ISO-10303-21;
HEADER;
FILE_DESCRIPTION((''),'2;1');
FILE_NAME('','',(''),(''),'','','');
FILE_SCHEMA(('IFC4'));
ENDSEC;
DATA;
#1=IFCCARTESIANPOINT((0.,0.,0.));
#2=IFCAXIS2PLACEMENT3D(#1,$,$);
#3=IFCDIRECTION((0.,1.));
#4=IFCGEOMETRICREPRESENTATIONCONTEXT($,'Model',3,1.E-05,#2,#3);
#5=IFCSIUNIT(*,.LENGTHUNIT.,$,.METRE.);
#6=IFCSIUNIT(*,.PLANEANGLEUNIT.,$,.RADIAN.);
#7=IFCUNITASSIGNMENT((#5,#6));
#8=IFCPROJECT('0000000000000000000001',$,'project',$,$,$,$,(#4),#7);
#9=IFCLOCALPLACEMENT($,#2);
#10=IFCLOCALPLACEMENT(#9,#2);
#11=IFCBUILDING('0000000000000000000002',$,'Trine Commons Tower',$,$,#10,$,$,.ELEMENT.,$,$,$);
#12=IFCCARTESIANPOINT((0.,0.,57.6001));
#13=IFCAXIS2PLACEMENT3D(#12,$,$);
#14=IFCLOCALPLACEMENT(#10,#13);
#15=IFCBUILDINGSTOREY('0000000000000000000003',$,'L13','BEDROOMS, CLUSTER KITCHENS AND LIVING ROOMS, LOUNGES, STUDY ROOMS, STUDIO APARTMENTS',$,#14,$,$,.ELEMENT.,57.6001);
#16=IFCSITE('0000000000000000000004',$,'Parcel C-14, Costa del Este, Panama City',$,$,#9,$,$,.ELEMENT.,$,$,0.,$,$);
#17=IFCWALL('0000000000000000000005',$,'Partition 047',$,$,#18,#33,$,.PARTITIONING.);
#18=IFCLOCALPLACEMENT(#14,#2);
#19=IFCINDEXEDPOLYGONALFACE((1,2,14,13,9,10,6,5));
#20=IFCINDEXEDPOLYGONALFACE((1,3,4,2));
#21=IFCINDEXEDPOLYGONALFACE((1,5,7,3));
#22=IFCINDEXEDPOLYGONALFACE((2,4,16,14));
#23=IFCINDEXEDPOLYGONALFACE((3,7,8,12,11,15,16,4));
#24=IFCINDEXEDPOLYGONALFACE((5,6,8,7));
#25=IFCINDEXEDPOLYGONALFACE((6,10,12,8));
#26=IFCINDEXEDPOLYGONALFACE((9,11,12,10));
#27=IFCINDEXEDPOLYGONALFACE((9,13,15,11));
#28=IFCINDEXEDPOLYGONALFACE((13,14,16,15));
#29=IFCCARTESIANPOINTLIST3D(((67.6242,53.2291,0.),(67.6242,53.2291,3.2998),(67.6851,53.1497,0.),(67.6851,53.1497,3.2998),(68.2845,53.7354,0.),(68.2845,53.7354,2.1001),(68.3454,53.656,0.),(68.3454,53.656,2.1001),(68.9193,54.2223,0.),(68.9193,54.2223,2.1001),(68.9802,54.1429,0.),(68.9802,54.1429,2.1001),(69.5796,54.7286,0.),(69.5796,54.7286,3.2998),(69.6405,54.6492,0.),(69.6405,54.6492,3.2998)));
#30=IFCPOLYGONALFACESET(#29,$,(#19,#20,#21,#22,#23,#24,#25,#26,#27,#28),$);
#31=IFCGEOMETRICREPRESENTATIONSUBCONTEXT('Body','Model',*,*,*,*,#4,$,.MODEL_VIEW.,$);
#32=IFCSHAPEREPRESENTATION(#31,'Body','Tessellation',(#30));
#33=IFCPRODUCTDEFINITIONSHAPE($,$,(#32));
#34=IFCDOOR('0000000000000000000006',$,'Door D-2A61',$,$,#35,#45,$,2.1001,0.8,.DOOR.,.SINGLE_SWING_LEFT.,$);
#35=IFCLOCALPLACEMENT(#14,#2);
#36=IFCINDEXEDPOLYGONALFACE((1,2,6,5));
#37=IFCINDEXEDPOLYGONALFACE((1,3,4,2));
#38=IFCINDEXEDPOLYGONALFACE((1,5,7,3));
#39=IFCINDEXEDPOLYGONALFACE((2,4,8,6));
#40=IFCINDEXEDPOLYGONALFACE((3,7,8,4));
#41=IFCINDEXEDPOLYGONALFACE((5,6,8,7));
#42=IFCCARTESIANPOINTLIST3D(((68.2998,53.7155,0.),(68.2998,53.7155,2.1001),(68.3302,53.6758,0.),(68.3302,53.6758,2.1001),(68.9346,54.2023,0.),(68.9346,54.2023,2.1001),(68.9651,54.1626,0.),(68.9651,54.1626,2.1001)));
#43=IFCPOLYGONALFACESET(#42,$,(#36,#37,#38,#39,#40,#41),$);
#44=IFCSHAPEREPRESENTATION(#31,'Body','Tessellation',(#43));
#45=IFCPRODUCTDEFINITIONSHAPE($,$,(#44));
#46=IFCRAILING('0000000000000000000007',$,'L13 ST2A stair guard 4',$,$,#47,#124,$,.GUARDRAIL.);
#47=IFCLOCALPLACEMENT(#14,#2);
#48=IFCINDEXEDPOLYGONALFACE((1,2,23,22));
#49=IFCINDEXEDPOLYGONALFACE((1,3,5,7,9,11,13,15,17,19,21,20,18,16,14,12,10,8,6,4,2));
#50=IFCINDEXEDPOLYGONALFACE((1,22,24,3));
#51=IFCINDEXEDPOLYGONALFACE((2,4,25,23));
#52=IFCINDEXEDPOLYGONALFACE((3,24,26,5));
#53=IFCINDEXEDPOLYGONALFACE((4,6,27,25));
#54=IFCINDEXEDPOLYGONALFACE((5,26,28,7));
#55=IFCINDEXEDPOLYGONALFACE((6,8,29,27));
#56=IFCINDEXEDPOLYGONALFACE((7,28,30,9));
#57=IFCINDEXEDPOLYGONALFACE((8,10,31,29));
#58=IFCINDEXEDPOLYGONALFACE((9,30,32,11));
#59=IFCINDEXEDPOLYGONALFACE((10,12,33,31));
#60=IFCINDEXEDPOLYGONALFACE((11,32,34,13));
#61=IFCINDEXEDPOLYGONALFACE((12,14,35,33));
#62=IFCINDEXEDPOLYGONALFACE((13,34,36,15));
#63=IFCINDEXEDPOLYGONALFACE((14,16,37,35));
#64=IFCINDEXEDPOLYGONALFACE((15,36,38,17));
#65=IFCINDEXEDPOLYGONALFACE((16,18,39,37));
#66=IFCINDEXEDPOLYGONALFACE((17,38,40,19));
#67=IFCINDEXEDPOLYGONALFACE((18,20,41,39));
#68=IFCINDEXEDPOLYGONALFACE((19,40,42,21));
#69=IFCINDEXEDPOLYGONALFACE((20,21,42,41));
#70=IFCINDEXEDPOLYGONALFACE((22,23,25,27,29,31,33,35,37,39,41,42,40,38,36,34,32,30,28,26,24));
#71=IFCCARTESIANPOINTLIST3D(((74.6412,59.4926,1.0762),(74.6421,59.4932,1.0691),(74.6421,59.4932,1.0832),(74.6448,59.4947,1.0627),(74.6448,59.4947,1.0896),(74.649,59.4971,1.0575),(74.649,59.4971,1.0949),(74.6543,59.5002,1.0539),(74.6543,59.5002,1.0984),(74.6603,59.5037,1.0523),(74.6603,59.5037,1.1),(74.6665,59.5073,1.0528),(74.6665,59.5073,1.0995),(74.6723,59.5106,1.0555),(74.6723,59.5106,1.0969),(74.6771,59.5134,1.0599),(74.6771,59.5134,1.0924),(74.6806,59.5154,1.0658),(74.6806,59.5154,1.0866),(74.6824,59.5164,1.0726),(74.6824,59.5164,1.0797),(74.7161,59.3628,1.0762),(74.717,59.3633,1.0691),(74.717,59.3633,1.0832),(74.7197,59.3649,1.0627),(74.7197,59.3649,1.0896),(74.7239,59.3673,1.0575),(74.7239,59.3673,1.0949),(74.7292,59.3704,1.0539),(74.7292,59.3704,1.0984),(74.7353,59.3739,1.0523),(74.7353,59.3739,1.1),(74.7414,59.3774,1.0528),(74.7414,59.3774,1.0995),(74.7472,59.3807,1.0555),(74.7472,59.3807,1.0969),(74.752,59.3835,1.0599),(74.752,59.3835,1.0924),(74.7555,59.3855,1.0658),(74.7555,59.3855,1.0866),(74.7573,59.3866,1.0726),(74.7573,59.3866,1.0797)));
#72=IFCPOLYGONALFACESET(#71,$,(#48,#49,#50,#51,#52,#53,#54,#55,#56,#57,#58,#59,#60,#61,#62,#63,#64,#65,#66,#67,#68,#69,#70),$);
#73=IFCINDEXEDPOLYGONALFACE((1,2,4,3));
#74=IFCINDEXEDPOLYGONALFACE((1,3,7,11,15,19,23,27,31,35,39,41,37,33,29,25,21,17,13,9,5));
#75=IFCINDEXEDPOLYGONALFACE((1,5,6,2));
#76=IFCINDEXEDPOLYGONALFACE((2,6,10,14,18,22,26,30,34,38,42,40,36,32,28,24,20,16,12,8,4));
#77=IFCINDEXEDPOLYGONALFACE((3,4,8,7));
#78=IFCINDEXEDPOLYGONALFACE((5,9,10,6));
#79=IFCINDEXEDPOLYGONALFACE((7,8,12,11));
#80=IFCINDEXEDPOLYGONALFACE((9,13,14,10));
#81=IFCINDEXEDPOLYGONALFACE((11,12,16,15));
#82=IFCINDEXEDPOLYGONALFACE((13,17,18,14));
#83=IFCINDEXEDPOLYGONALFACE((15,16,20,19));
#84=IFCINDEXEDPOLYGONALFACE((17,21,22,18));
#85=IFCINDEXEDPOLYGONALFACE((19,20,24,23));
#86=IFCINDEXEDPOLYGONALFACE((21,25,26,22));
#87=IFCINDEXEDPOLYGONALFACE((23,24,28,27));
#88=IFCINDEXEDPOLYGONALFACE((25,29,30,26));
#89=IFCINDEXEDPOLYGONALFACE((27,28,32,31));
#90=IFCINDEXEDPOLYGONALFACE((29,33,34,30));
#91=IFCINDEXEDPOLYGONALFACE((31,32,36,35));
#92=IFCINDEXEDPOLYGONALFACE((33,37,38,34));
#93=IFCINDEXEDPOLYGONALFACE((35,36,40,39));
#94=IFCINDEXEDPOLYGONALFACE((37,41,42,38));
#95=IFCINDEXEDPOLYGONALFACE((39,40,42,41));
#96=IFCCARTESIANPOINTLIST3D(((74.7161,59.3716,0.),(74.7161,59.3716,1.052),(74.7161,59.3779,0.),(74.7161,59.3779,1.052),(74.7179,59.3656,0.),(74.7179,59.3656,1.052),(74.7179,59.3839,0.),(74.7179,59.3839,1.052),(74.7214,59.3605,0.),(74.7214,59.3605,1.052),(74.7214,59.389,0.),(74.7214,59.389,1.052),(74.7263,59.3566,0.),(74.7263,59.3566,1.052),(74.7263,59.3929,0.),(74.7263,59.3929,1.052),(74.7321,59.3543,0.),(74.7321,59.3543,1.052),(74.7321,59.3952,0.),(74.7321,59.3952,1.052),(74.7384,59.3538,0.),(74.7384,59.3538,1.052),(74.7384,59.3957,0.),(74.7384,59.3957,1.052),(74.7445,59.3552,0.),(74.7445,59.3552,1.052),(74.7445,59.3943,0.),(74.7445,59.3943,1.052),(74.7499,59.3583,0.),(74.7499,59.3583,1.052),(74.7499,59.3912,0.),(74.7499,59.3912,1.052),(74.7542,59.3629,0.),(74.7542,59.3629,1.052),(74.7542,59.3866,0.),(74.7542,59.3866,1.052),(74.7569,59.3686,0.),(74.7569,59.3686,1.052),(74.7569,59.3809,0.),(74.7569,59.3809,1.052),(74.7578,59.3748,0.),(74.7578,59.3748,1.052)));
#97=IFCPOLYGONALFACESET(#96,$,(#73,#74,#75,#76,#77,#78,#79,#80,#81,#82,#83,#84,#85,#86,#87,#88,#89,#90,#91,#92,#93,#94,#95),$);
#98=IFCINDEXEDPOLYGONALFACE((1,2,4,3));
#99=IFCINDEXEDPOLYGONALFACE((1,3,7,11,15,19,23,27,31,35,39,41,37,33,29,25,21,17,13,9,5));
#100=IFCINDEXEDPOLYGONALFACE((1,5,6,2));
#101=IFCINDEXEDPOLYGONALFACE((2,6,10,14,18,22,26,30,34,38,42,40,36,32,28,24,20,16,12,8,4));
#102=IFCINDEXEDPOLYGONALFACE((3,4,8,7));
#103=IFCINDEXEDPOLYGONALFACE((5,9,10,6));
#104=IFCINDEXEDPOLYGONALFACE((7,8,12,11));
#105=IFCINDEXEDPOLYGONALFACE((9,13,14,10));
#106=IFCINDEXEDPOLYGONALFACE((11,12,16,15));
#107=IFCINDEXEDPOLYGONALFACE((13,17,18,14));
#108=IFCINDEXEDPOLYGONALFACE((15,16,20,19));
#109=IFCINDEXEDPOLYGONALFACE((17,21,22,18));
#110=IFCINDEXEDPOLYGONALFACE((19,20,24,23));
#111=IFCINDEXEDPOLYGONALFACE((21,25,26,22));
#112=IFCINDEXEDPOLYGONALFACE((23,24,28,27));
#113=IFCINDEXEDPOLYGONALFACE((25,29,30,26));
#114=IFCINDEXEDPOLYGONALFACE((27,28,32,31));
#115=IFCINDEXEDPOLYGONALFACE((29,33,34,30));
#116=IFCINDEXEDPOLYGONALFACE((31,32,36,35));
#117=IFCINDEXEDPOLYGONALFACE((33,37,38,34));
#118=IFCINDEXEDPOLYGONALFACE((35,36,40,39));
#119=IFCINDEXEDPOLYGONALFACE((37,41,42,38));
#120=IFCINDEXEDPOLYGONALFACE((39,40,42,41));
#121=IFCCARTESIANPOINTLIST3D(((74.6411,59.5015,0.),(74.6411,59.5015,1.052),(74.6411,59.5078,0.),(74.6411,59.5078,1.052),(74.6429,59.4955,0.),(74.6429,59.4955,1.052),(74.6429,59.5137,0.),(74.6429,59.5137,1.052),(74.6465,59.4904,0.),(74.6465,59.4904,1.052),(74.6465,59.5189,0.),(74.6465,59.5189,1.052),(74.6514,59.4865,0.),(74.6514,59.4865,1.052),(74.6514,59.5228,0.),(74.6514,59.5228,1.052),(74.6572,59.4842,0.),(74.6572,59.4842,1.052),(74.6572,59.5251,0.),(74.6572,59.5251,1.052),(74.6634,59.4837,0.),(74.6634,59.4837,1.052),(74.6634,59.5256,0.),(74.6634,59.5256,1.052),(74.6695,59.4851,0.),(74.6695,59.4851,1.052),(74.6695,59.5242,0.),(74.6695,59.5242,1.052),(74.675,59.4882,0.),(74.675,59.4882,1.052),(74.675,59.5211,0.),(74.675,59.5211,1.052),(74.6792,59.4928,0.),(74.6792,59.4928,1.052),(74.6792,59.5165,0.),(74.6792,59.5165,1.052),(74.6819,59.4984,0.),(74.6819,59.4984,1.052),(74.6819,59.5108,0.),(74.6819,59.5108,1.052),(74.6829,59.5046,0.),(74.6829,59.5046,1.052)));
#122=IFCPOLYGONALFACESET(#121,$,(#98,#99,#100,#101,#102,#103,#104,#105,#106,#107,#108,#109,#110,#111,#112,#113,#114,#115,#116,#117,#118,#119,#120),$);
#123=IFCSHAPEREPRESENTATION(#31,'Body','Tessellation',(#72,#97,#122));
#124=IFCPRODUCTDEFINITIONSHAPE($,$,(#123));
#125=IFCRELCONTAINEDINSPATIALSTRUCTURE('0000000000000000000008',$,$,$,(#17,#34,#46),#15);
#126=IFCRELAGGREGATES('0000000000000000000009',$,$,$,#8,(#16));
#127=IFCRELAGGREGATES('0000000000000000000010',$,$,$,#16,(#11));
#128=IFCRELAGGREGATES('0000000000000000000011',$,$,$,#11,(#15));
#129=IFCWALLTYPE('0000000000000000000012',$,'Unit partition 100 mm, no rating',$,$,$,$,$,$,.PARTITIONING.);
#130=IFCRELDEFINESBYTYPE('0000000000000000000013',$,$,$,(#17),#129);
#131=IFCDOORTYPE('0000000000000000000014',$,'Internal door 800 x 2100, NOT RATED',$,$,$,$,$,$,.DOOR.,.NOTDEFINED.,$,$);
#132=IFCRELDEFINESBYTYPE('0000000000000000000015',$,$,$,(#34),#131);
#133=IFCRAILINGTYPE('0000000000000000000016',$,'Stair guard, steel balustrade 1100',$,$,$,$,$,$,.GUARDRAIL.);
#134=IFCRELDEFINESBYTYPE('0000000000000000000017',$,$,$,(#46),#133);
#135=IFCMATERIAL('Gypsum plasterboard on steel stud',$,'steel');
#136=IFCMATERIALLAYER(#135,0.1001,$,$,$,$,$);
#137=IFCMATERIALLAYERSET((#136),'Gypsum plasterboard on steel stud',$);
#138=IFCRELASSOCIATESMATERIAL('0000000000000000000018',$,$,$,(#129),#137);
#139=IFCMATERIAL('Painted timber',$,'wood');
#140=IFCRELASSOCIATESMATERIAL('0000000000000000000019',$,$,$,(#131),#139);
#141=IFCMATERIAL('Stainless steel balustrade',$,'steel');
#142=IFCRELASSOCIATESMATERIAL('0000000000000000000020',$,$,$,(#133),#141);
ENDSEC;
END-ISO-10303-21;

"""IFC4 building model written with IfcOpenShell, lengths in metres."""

from ifc_helpers import new_model, si_unit, direction, frame, frame_2d, origin, origin_2d, place, context, subcontext, project, spatial, rectangle, circle, extrude, material, layer, layer_set, type_object, element, fill, save


model = new_model("IFC4")

# Units and contexts
model_context = context("Model", 3, precision=1e-05, world=origin(), true_north=direction((0.0, 1.0)))
body_context = subcontext(model_context, "Body", "Model", "MODEL_VIEW")
ifc_project = project(units=[si_unit("LENGTHUNIT", "METRE"), si_unit("PLANEANGLEUNIT", "RADIAN")], contexts=[model_context])

# Site, building, storey
site_placement = place(None, origin())
site = spatial("IfcSite", under=ifc_project, at=site_placement, Name="Parcel C-14, Costa del Este, Panama City", CompositionType="ELEMENT", RefElevation=0.0)
building_placement = place(site_placement, origin())
building = spatial("IfcBuilding", under=site, at=building_placement, Name="Trine Commons Tower", CompositionType="ELEMENT")
storey_placement = place(building_placement, frame((0.0, 0.0, 57.6001)))
storey = spatial("IfcBuildingStorey", under=building, at=storey_placement, Name="L13", Description="BEDROOMS, CLUSTER KITCHENS AND LIVING ROOMS, LOUNGES, STUDY ROOMS, STUDIO APARTMENTS", CompositionType="ELEMENT", Elevation=57.6001)

# Shared definitions
ifc_material_1 = material(Name="Gypsum plasterboard on steel stud", Category="steel")

# Shared definitions
ifc_material_2 = material(Name="Painted timber", Category="wood")

# Shared definitions
ifc_layer_1 = layer(ifc_material_1, 0.1001)
ifc_layer_set_1 = layer_set([ifc_layer_1], Name="Gypsum plasterboard on steel stud")
wall_type_1 = type_object("IfcWallType", Name="Unit partition 100 mm, no rating", PredefinedType="PARTITIONING", material=ifc_layer_set_1)

# Shared definitions
door_type_1 = type_object("IfcDoorType", Name="Internal door 800 x 2100, NOT RATED", OperationType="NOTDEFINED", PredefinedType="DOOR", material=ifc_material_2)

# Wall, opening, door
wall_1_placement = place(storey_placement, frame((67.6548, 53.1895, 0.0), z_axis=(0.0, 0.0, 1.0), x_axis=(0.793522, 0.608542, 0.0)))
wall_1 = element("IfcWall", 1, at=wall_1_placement, inside=storey, type_object=wall_type_1, Name="Partition 047", PredefinedType="PARTITIONING", context=body_context, shape_type="SweptSolid", body=[
    extrude(rectangle(XDim=2.4641, YDim=0.1001, at=frame_2d((1.2319, 0.0))), origin(), (0.0, 0.0, 1.0), 3.2998),
])
opening_1_placement = place(wall_1_placement, frame((0.832, 0.0, 0.0)))
opening_1 = element("IfcOpeningElement", 2, at=opening_1_placement, cuts=wall_1, PredefinedType="OPENING", context=body_context, shape_type="SweptSolid", body=[
    extrude(rectangle(XDim=0.8, YDim=2.1001, at=frame_2d((0.3999, 1.05))), frame((0.0, 0.0601, 0.0), z_axis=(0.0, -1.0, 0.0), x_axis=(1.0, 0.0, 0.0)), (0.0, 0.0, 1.0), 0.1201),
])
door_1_placement = place(opening_1_placement, origin())
door_1 = element("IfcDoor", 3, at=door_1_placement, inside=storey, type_object=door_type_1, Name="Door D-2A61", OperationType="SINGLE_SWING_LEFT", OverallHeight=2.1001, OverallWidth=0.8, PredefinedType="DOOR", context=body_context, shape_type="SweptSolid", body=[
    extrude(rectangle(XDim=0.8, YDim=2.1001, at=frame_2d((0.3999, 1.05))), frame((0.0, 0.0249, 0.0), z_axis=(0.0, -1.0, 0.0), x_axis=(1.0, 0.0, 0.0)), (0.0, 0.0, 1.0), 0.05),
])
fill(opening_1, door_1)

# Railing
ifc_material_3 = material(Name="Stainless steel balustrade", Category="steel")
railing_type = type_object("IfcRailingType", Name="Stair guard, steel balustrade 1100", PredefinedType="GUARDRAIL", material=ifc_material_3)
railing_placement = place(storey_placement, frame((74.7368, 59.3748, 0.0)))
element("IfcRailing", 4, at=railing_placement, inside=storey, type_object=railing_type, Name="L13 ST2A stair guard 4", PredefinedType="GUARDRAIL", context=body_context, shape_type="SweptSolid", body=[
    extrude(circle(Radius=0.0239, at=origin_2d()), frame((0.0, 0.0, 1.0762), z_axis=(-0.499816, 0.866131, 0.0), x_axis=(-0.866131, -0.499816, 0.0)), (0.0, 0.0, 1.0), 0.1499),
    extrude(circle(Radius=0.021, at=origin_2d()), origin(), (0.0, 0.0, 1.0), 1.052),
    extrude(circle(Radius=0.021, at=origin_2d()), frame((-0.075, 0.1299, 0.0)), (0.0, 0.0, 1.0), 1.052),
])

save(model, "model.ifc")
